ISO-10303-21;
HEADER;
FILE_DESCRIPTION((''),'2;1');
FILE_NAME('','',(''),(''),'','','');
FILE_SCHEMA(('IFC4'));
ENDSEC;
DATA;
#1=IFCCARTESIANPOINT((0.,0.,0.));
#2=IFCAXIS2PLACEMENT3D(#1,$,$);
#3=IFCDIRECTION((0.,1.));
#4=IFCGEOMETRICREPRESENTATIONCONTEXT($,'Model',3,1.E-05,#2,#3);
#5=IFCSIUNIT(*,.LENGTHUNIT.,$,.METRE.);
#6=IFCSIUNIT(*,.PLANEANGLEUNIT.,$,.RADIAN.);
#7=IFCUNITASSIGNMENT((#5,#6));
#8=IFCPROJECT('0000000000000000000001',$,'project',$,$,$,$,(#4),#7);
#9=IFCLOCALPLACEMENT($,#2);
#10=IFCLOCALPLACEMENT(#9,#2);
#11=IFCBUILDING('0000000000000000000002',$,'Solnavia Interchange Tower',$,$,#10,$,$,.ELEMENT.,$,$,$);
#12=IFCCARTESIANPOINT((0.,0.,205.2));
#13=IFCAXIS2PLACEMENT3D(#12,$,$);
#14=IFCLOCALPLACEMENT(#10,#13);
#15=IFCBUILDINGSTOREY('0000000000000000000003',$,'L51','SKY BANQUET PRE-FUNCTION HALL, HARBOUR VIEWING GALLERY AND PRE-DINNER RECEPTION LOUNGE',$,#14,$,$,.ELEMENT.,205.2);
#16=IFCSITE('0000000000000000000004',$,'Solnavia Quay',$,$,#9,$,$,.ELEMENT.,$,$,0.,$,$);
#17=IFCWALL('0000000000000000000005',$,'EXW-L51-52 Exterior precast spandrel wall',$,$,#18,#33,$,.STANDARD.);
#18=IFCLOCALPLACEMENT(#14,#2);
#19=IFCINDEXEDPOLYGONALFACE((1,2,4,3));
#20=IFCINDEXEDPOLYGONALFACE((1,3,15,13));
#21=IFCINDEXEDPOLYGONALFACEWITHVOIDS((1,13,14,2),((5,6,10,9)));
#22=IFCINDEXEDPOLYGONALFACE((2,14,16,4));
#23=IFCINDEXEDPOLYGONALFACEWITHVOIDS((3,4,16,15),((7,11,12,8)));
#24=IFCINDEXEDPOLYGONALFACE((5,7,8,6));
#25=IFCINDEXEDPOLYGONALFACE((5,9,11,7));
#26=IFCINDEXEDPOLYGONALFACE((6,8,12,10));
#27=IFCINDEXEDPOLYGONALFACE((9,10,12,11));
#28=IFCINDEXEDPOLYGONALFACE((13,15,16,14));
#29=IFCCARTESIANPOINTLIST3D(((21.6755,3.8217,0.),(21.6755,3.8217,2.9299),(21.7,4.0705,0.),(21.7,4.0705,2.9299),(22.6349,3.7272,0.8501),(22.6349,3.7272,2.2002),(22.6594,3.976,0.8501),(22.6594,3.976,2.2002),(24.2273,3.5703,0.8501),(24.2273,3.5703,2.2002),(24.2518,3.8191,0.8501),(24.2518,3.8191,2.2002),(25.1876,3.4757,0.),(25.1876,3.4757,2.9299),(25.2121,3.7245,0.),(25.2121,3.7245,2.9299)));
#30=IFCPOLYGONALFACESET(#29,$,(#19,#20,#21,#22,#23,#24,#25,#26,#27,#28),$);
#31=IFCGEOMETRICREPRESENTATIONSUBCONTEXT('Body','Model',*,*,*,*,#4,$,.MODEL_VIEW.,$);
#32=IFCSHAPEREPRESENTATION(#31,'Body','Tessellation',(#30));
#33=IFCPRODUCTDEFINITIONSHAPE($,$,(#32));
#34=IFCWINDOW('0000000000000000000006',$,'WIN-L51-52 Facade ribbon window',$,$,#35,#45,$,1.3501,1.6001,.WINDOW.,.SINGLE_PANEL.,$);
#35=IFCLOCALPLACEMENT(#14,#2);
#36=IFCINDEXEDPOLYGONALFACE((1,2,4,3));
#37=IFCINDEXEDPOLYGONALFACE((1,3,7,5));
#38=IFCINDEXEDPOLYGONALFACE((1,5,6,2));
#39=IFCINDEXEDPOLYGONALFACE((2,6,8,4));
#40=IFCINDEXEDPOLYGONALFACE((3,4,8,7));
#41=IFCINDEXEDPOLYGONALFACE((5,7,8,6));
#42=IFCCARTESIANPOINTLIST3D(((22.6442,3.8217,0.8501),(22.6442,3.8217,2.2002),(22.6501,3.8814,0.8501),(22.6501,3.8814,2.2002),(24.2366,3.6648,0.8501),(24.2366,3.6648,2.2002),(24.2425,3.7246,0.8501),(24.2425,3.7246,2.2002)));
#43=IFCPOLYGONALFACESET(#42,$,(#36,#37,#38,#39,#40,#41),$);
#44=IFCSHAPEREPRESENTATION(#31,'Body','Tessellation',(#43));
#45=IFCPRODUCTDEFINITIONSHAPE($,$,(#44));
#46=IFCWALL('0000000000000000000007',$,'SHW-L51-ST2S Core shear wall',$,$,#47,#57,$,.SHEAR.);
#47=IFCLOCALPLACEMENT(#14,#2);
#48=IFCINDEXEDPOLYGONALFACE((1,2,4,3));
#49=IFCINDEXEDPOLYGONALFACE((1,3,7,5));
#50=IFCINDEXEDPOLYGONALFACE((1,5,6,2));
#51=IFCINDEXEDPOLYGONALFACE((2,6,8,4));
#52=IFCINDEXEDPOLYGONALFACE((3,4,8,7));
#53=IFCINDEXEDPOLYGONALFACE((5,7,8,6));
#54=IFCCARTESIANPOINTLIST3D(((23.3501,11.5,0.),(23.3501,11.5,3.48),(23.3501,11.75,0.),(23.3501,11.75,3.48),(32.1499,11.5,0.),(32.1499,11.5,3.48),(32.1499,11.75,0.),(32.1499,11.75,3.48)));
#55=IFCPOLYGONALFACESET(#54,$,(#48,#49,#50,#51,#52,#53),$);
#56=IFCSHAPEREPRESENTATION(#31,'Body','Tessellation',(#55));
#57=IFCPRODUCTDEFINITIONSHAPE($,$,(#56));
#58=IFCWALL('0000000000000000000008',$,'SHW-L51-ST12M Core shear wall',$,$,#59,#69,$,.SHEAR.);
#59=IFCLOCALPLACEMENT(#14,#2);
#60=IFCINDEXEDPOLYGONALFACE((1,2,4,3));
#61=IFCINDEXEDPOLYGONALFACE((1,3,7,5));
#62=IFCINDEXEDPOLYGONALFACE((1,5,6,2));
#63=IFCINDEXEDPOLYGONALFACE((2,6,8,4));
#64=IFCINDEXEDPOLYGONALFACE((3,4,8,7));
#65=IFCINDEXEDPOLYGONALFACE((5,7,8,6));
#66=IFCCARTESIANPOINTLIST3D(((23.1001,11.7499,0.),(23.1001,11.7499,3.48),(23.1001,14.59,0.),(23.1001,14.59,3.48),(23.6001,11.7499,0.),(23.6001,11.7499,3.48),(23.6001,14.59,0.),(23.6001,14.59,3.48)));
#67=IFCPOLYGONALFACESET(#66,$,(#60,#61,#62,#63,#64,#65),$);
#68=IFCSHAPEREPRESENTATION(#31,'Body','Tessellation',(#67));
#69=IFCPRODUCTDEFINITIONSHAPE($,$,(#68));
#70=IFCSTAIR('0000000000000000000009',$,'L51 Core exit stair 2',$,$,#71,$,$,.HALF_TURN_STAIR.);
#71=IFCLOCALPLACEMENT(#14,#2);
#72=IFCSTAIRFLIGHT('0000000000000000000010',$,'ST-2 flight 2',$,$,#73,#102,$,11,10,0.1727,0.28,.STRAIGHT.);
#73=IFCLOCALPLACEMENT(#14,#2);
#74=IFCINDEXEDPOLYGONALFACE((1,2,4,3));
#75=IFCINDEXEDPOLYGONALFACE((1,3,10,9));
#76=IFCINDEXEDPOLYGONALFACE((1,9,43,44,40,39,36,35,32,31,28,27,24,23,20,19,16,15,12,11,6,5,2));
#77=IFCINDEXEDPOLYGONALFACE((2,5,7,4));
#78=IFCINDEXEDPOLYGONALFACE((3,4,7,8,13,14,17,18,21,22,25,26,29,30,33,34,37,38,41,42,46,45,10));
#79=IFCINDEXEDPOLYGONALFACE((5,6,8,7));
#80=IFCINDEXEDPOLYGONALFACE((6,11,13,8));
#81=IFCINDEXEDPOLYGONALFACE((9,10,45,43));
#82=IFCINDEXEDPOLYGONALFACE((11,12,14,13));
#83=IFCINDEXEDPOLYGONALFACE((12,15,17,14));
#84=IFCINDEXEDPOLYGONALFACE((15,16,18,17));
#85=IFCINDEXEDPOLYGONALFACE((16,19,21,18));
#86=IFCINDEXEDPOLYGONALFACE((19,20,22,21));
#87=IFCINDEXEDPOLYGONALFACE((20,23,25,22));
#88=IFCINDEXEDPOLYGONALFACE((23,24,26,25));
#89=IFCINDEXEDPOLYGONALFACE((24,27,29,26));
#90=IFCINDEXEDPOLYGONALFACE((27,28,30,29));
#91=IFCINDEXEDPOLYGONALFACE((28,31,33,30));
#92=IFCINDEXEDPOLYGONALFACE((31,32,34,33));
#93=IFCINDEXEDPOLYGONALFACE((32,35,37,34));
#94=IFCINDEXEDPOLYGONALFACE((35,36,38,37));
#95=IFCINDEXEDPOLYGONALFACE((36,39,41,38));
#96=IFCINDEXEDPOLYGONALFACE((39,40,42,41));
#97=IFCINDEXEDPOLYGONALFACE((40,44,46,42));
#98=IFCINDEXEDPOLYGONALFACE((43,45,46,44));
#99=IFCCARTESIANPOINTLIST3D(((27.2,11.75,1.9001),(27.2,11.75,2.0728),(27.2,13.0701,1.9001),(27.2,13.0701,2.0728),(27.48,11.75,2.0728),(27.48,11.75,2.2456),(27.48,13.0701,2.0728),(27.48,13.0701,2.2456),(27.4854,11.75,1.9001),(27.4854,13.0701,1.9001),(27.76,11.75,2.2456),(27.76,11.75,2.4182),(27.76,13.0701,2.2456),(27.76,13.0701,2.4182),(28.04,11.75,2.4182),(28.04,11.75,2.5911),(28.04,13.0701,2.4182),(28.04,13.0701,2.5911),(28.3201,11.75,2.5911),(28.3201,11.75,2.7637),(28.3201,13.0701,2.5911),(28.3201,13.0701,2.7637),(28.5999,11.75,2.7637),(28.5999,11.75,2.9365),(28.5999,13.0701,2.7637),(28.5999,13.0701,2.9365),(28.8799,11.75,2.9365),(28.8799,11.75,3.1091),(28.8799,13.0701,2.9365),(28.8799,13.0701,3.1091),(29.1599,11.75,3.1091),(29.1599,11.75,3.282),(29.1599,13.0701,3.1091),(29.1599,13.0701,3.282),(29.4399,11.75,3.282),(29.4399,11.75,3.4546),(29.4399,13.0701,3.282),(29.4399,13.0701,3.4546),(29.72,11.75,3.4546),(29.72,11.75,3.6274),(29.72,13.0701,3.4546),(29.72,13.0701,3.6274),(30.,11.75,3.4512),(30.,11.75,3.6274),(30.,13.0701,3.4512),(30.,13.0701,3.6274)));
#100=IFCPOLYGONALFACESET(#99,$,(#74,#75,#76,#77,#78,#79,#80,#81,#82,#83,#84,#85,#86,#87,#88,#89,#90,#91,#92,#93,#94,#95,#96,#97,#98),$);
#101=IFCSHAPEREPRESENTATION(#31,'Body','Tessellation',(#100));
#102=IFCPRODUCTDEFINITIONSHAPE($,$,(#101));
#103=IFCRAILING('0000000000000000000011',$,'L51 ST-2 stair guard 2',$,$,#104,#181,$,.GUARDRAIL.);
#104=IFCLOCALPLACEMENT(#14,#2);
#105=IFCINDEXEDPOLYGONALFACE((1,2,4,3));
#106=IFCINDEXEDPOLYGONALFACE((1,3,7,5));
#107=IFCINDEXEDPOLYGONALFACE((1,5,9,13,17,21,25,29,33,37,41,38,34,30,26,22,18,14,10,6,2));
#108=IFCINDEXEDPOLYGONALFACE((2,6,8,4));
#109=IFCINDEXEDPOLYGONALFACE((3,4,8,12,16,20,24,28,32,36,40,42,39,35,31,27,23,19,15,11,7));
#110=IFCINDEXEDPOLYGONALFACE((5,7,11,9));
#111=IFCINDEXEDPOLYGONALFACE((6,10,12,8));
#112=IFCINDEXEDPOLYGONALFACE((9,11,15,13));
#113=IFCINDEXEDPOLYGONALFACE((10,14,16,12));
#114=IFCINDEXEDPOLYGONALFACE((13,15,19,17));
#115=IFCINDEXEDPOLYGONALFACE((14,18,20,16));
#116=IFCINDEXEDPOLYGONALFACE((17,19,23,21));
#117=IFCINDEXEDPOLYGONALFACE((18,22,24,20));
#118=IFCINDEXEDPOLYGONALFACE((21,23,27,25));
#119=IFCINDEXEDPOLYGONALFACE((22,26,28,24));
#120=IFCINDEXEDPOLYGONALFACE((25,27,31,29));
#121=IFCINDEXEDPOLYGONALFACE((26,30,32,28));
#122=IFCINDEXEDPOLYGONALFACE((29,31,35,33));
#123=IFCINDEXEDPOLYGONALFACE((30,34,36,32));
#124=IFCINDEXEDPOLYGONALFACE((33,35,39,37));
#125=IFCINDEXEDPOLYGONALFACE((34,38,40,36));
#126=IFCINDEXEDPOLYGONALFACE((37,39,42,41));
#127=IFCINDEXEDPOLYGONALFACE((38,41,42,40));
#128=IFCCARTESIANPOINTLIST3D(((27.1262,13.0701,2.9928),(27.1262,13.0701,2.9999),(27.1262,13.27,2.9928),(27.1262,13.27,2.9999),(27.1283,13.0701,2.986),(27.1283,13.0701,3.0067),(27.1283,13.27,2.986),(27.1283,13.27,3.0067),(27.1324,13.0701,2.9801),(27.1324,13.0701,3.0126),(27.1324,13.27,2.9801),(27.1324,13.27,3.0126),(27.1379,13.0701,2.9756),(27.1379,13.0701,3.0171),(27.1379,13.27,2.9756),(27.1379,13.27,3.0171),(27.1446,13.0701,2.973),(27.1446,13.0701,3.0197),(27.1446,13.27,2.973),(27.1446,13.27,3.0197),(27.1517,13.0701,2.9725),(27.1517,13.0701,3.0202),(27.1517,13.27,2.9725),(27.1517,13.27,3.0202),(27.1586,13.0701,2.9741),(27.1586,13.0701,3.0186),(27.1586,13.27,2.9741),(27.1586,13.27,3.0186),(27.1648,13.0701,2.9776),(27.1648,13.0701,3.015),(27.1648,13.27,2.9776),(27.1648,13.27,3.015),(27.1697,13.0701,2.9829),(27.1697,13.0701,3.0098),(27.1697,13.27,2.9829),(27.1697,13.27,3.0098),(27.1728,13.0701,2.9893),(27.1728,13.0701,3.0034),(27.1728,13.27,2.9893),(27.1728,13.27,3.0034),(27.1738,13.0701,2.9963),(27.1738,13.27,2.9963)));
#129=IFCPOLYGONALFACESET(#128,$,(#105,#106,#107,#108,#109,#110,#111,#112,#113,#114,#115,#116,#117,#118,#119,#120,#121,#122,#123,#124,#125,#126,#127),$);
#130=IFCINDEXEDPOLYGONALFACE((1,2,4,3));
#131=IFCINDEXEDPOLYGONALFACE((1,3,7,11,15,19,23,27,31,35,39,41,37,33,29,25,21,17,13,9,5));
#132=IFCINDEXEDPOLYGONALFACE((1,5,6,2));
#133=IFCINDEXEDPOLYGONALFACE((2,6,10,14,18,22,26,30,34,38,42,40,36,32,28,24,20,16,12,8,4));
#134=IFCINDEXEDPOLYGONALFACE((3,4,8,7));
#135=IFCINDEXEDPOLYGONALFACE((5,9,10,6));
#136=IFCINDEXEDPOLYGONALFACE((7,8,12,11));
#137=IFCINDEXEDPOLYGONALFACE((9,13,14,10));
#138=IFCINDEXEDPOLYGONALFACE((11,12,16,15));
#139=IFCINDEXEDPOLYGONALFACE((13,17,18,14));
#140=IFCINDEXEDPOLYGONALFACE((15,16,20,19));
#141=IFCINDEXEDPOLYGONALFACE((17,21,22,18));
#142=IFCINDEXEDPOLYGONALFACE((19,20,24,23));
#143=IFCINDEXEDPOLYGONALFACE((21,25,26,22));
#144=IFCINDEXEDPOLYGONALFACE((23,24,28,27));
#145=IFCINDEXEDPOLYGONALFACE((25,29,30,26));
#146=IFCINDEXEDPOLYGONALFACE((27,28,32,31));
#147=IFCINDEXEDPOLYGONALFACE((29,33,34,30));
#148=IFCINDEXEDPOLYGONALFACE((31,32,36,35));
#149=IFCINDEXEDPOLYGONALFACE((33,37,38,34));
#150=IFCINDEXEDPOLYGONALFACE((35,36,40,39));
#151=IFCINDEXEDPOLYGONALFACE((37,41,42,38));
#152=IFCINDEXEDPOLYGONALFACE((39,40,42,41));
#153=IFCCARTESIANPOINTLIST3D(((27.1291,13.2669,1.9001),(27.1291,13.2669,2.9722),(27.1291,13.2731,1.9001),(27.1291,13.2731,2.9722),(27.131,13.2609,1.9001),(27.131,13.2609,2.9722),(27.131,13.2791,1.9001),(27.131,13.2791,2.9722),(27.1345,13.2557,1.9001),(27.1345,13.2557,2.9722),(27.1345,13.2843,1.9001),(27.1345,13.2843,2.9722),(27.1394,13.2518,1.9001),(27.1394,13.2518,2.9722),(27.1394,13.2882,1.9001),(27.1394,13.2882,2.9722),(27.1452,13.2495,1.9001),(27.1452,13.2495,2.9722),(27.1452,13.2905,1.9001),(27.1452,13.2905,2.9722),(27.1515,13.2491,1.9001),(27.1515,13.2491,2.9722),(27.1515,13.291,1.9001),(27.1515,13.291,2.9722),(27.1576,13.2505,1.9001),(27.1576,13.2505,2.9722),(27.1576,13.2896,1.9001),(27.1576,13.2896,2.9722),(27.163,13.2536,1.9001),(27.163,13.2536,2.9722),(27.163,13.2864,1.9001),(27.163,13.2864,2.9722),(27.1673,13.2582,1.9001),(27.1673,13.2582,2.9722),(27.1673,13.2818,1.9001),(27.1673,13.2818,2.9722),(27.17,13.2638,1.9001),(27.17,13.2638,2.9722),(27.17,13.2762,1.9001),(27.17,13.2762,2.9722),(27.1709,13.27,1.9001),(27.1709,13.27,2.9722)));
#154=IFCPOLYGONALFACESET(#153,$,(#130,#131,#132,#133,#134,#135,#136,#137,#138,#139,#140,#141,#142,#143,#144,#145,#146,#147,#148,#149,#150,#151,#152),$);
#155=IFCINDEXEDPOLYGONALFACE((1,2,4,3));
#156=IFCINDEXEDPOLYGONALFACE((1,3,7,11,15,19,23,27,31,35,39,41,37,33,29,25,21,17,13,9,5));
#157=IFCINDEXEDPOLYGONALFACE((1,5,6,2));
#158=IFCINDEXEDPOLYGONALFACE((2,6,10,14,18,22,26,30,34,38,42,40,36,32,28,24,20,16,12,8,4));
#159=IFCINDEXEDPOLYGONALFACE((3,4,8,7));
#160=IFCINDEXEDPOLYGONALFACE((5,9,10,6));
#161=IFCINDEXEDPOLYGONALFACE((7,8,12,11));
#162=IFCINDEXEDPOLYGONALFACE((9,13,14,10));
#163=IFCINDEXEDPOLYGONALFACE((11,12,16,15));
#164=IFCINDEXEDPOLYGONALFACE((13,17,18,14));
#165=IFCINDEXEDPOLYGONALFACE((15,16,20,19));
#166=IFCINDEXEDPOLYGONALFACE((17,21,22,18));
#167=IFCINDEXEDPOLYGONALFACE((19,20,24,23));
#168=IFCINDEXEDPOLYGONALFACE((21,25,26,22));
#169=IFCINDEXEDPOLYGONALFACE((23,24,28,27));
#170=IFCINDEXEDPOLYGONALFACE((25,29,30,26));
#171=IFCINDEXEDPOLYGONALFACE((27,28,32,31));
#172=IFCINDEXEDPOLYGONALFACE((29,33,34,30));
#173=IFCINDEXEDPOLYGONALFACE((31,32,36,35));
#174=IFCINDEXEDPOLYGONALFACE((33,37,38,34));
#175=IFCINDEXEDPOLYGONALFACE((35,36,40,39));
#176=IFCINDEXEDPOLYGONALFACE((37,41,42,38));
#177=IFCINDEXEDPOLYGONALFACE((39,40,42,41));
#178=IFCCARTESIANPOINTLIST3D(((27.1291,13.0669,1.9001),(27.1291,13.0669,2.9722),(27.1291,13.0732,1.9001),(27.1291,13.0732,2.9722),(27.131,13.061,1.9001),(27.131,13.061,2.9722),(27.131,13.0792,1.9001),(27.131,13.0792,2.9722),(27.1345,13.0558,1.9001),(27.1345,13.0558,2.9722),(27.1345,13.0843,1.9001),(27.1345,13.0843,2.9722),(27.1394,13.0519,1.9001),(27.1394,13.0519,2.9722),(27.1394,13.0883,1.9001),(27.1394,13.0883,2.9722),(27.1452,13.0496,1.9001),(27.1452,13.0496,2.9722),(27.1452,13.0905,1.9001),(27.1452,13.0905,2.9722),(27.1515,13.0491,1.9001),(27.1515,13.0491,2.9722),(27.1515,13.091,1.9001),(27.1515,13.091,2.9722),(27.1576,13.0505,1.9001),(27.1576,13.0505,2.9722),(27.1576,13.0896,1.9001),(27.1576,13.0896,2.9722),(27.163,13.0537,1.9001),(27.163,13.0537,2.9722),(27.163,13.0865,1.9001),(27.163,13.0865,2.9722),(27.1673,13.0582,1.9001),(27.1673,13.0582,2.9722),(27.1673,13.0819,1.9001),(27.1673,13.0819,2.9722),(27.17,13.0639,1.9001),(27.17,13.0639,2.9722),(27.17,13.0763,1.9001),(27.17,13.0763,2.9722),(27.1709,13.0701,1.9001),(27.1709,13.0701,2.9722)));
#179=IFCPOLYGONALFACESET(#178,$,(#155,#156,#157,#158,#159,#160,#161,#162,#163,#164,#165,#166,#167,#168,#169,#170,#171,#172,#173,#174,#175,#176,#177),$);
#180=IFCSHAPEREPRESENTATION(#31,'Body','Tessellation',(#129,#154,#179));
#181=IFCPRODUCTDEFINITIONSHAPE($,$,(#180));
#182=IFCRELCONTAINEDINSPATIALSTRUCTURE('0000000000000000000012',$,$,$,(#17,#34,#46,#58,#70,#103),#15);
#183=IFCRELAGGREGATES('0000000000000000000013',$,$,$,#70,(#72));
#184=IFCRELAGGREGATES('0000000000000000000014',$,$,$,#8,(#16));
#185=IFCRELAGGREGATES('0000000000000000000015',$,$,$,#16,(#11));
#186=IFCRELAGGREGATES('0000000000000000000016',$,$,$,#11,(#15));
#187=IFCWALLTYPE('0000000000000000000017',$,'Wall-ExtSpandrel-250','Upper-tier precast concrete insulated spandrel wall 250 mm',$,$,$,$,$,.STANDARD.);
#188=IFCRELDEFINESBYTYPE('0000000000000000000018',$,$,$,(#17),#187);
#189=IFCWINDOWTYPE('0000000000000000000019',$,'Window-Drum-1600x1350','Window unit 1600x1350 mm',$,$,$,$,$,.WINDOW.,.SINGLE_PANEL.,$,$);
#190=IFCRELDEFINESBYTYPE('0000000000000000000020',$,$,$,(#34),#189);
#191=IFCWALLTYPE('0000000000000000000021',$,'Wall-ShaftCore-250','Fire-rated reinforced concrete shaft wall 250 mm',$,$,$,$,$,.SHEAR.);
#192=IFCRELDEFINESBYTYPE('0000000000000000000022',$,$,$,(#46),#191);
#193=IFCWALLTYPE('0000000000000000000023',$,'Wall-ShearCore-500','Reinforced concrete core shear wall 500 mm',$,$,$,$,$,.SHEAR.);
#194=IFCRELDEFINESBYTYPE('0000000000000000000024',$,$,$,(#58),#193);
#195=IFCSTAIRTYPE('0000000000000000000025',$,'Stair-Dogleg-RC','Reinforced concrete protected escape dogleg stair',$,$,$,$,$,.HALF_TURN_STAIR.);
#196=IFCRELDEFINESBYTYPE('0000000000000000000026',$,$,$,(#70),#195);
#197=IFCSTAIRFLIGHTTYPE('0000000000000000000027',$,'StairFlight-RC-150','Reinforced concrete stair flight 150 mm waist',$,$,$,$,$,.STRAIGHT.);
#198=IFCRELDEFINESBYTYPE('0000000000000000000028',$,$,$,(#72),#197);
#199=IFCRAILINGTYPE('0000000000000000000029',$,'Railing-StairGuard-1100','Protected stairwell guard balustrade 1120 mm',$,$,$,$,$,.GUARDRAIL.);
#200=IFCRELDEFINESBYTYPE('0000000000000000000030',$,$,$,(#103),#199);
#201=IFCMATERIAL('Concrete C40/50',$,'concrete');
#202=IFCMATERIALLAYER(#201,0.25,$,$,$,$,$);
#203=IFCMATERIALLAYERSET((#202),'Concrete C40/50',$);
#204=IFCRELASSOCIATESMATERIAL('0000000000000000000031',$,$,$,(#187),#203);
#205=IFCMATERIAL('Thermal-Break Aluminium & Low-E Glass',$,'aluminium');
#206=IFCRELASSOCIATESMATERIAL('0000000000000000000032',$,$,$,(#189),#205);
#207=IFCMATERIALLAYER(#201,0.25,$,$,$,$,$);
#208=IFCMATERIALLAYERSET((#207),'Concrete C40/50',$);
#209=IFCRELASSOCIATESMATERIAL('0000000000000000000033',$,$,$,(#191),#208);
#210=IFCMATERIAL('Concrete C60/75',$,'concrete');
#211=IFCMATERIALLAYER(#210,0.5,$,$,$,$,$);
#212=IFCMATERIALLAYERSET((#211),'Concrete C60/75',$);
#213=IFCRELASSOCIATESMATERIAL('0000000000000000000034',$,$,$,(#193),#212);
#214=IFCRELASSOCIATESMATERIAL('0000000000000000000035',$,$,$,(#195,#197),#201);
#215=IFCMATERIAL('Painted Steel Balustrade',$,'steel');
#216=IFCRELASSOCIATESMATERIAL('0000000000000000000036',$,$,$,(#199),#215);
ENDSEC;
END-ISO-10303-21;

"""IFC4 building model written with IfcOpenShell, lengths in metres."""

from ifc_helpers import new_model, si_unit, direction, frame, frame_2d, origin, origin_2d, place, context, subcontext, project, spatial, polyline, rectangle, circle, outline, extrude, material, layer, layer_set, type_object, element, fill, aggregate, save


model = new_model("IFC4")

# Units and contexts
model_context = context("Model", 3, precision=1e-05, world=origin(), true_north=direction((0.0, 1.0)))
body_context = subcontext(model_context, "Body", "Model", "MODEL_VIEW")
ifc_project = project(units=[si_unit("LENGTHUNIT", "METRE"), si_unit("PLANEANGLEUNIT", "RADIAN")], contexts=[model_context])

# Site, building, storey
site_placement = place(None, origin())
site = spatial("IfcSite", under=ifc_project, at=site_placement, Name="Solnavia Quay", CompositionType="ELEMENT", RefElevation=0.0)
building_placement = place(site_placement, origin())
building = spatial("IfcBuilding", under=site, at=building_placement, Name="Solnavia Interchange Tower", CompositionType="ELEMENT")
storey_placement = place(building_placement, frame((0.0, 0.0, 205.2)))
storey = spatial("IfcBuildingStorey", under=building, at=storey_placement, Name="L51", Description="SKY BANQUET PRE-FUNCTION HALL, HARBOUR VIEWING GALLERY AND PRE-DINNER RECEPTION LOUNGE", CompositionType="ELEMENT", Elevation=205.2)

# Shared definitions
ifc_material_1 = material(Name="Concrete C40/50", Category="concrete")
ifc_layer_1 = layer(ifc_material_1, 0.25)
ifc_layer_set_1 = layer_set([ifc_layer_1], Name="Concrete C40/50")
wall_type_1 = type_object("IfcWallType", Name="Wall-ExtSpandrel-250", Description="Upper-tier precast concrete insulated spandrel wall 250 mm", PredefinedType="STANDARD", material=ifc_layer_set_1)
ifc_material_2 = material(Name="Thermal-Break Aluminium & Low-E Glass", Category="aluminium")

# Wall, opening, window
wall_1_placement = place(storey_placement, frame((25.2, 3.6001, 0.0), z_axis=(0.0, 0.0, 1.0), x_axis=(-0.995183, 0.098031, 0.0)))
wall_1 = element("IfcWall", 1, at=wall_1_placement, inside=storey, type_object=wall_type_1, Name="EXW-L51-52 Exterior precast spandrel wall", PredefinedType="STANDARD", context=body_context, shape_type="SweptSolid", body=[
    extrude(rectangle(XDim=3.5291, YDim=0.25, at=frame_2d((1.7646, 0.0))), origin(), (0.0, 0.0, 1.0), 2.9299),
])
opening_1_placement = place(wall_1_placement, frame((0.9651, 0.0, 0.8501)))
opening_1 = element("IfcOpeningElement", 2, at=opening_1_placement, cuts=wall_1, PredefinedType="OPENING", context=body_context, shape_type="SweptSolid", body=[
    extrude(rectangle(XDim=1.6001, YDim=1.3501, at=frame_2d((0.8, 0.675))), frame((0.0, 0.135, 0.0), z_axis=(0.0, -1.0, 0.0), x_axis=(1.0, 0.0, 0.0)), (0.0, 0.0, 1.0), 0.27),
])
window_type_1 = type_object("IfcWindowType", Name="Window-Drum-1600x1350", Description="Window unit 1600x1350 mm", PartitioningType="SINGLE_PANEL", PredefinedType="WINDOW", material=ifc_material_2)
window_1_placement = place(opening_1_placement, origin())
window_1 = element("IfcWindow", 3, at=window_1_placement, inside=storey, type_object=window_type_1, Name="WIN-L51-52 Facade ribbon window", OverallHeight=1.3501, OverallWidth=1.6001, PartitioningType="SINGLE_PANEL", PredefinedType="WINDOW", context=body_context, shape_type="SweptSolid", body=[
    extrude(rectangle(XDim=1.6001, YDim=1.3501, at=frame_2d((0.8, 0.675))), frame((0.0, 0.03, 0.0), z_axis=(0.0, -1.0, 0.0), x_axis=(1.0, 0.0, 0.0)), (0.0, 0.0, 1.0), 0.0601),
])
fill(opening_1, window_1)

# Walls
ifc_layer_2 = layer(ifc_material_1, 0.25)
ifc_layer_set_2 = layer_set([ifc_layer_2], Name="Concrete C40/50")
wall_type_2 = type_object("IfcWallType", Name="Wall-ShaftCore-250", Description="Fire-rated reinforced concrete shaft wall 250 mm", PredefinedType="SHEAR", material=ifc_layer_set_2)
wall_2_placement = place(storey_placement, frame((23.3501, 11.625, 0.0), z_axis=(0.0, 0.0, 1.0), x_axis=(1.0, 0.0, 0.0)))
element("IfcWall", 4, at=wall_2_placement, inside=storey, type_object=wall_type_2, Name="SHW-L51-ST2S Core shear wall", PredefinedType="SHEAR", context=body_context, shape_type="SweptSolid", body=[
    extrude(rectangle(XDim=8.7998, YDim=0.25, at=frame_2d((4.3999, 0.0))), origin(), (0.0, 0.0, 1.0), 3.48),
])
ifc_material_3 = material(Name="Concrete C60/75", Category="concrete")
ifc_layer_3 = layer(ifc_material_3, 0.5)
ifc_layer_set_3 = layer_set([ifc_layer_3], Name="Concrete C60/75")
wall_type_3 = type_object("IfcWallType", Name="Wall-ShearCore-500", Description="Reinforced concrete core shear wall 500 mm", PredefinedType="SHEAR", material=ifc_layer_set_3)
wall_3_placement = place(storey_placement, frame((23.3501, 11.75, 0.0), z_axis=(0.0, 0.0, 1.0), x_axis=(0.0, 1.0, 0.0)))
element("IfcWall", 5, at=wall_3_placement, inside=storey, type_object=wall_type_3, Name="SHW-L51-ST12M Core shear wall", PredefinedType="SHEAR", context=body_context, shape_type="SweptSolid", body=[
    extrude(rectangle(XDim=2.8401, YDim=0.5, at=frame_2d((1.4199, 0.0))), origin(), (0.0, 0.0, 1.0), 3.48),
])

# Stair, stair flight
stair_type = type_object("IfcStairType", Name="Stair-Dogleg-RC", Description="Reinforced concrete protected escape dogleg stair", PredefinedType="HALF_TURN_STAIR", material=ifc_material_1)
stair_placement = place(storey_placement, origin())
stair = element("IfcStair", 6, at=stair_placement, inside=storey, type_object=stair_type, Name="L51 Core exit stair 2", PredefinedType="HALF_TURN_STAIR")
stair_flight_type = type_object("IfcStairFlightType", Name="StairFlight-RC-150", Description="Reinforced concrete stair flight 150 mm waist", PredefinedType="STRAIGHT", material=ifc_material_1)
stair_flight_placement = place(storey_placement, frame((27.2, 12.4099, 1.9001), z_axis=(0.0, 0.0, 1.0), x_axis=(1.0, 0.0, 0.0)))
stair_flight = element("IfcStairFlight", 7, at=stair_flight_placement, type_object=stair_flight_type, Name="ST-2 flight 2", NumberOfRisers=11, NumberOfTreads=10, PredefinedType="STRAIGHT", RiserHeight=0.1727, TreadLength=0.28, context=body_context, shape_type="SweptSolid", body=[
    extrude(outline(polyline([(0.0, 0.0), (0.0, 0.1726), (0.28, 0.1726), (0.28, 0.3455), (0.5601, 0.3455), (0.5601, 0.5181), (0.8401, 0.5181), (0.8401, 0.6909), (1.1201, 0.6909), (1.1201, 0.8635), (1.3999, 0.8635), (1.3999, 1.0364), (1.6799, 1.0364), (1.6799, 1.209), (1.96, 1.209), (1.96, 1.3818), (2.24, 1.3818), (2.24, 1.5544), (2.52, 1.5544), (2.52, 1.7273), (2.8, 1.7273), (2.8, 1.8999), (2.8, 1.551), (0.2854, 0.0), (0.0, 0.0)])), frame((0.0, 0.6602, 0.0), z_axis=(0.0, -1.0, 0.0), x_axis=(1.0, 0.0, 0.0)), (0.0, 0.0, 1.0), 1.3201),
])
aggregate(stair, [stair_flight])

# Railing
ifc_material_4 = material(Name="Painted Steel Balustrade", Category="steel")
railing_type_1 = type_object("IfcRailingType", Name="Railing-StairGuard-1100", Description="Protected stairwell guard balustrade 1120 mm", PredefinedType="GUARDRAIL", material=ifc_material_4)
railing_1_placement = place(storey_placement, frame((27.1499, 13.27, 1.9001)))
element("IfcRailing", 8, at=railing_1_placement, inside=storey, type_object=railing_type_1, Name="L51 ST-2 stair guard 2", PredefinedType="GUARDRAIL", context=body_context, shape_type="SweptSolid", body=[
    extrude(circle(Radius=0.0239, at=origin_2d()), frame((0.0, 0.0, 1.0962), z_axis=(0.0, -1.0, 0.0), x_axis=(1.0, 0.0, 0.0)), (0.0, 0.0, 1.0), 0.2),
    extrude(circle(Radius=0.021, at=origin_2d()), origin(), (0.0, 0.0, 1.0), 1.072),
    extrude(circle(Radius=0.021, at=origin_2d()), frame((0.0, -0.2, 0.0)), (0.0, 0.0, 1.0), 1.072),
])

save(model, "model.ifc")
